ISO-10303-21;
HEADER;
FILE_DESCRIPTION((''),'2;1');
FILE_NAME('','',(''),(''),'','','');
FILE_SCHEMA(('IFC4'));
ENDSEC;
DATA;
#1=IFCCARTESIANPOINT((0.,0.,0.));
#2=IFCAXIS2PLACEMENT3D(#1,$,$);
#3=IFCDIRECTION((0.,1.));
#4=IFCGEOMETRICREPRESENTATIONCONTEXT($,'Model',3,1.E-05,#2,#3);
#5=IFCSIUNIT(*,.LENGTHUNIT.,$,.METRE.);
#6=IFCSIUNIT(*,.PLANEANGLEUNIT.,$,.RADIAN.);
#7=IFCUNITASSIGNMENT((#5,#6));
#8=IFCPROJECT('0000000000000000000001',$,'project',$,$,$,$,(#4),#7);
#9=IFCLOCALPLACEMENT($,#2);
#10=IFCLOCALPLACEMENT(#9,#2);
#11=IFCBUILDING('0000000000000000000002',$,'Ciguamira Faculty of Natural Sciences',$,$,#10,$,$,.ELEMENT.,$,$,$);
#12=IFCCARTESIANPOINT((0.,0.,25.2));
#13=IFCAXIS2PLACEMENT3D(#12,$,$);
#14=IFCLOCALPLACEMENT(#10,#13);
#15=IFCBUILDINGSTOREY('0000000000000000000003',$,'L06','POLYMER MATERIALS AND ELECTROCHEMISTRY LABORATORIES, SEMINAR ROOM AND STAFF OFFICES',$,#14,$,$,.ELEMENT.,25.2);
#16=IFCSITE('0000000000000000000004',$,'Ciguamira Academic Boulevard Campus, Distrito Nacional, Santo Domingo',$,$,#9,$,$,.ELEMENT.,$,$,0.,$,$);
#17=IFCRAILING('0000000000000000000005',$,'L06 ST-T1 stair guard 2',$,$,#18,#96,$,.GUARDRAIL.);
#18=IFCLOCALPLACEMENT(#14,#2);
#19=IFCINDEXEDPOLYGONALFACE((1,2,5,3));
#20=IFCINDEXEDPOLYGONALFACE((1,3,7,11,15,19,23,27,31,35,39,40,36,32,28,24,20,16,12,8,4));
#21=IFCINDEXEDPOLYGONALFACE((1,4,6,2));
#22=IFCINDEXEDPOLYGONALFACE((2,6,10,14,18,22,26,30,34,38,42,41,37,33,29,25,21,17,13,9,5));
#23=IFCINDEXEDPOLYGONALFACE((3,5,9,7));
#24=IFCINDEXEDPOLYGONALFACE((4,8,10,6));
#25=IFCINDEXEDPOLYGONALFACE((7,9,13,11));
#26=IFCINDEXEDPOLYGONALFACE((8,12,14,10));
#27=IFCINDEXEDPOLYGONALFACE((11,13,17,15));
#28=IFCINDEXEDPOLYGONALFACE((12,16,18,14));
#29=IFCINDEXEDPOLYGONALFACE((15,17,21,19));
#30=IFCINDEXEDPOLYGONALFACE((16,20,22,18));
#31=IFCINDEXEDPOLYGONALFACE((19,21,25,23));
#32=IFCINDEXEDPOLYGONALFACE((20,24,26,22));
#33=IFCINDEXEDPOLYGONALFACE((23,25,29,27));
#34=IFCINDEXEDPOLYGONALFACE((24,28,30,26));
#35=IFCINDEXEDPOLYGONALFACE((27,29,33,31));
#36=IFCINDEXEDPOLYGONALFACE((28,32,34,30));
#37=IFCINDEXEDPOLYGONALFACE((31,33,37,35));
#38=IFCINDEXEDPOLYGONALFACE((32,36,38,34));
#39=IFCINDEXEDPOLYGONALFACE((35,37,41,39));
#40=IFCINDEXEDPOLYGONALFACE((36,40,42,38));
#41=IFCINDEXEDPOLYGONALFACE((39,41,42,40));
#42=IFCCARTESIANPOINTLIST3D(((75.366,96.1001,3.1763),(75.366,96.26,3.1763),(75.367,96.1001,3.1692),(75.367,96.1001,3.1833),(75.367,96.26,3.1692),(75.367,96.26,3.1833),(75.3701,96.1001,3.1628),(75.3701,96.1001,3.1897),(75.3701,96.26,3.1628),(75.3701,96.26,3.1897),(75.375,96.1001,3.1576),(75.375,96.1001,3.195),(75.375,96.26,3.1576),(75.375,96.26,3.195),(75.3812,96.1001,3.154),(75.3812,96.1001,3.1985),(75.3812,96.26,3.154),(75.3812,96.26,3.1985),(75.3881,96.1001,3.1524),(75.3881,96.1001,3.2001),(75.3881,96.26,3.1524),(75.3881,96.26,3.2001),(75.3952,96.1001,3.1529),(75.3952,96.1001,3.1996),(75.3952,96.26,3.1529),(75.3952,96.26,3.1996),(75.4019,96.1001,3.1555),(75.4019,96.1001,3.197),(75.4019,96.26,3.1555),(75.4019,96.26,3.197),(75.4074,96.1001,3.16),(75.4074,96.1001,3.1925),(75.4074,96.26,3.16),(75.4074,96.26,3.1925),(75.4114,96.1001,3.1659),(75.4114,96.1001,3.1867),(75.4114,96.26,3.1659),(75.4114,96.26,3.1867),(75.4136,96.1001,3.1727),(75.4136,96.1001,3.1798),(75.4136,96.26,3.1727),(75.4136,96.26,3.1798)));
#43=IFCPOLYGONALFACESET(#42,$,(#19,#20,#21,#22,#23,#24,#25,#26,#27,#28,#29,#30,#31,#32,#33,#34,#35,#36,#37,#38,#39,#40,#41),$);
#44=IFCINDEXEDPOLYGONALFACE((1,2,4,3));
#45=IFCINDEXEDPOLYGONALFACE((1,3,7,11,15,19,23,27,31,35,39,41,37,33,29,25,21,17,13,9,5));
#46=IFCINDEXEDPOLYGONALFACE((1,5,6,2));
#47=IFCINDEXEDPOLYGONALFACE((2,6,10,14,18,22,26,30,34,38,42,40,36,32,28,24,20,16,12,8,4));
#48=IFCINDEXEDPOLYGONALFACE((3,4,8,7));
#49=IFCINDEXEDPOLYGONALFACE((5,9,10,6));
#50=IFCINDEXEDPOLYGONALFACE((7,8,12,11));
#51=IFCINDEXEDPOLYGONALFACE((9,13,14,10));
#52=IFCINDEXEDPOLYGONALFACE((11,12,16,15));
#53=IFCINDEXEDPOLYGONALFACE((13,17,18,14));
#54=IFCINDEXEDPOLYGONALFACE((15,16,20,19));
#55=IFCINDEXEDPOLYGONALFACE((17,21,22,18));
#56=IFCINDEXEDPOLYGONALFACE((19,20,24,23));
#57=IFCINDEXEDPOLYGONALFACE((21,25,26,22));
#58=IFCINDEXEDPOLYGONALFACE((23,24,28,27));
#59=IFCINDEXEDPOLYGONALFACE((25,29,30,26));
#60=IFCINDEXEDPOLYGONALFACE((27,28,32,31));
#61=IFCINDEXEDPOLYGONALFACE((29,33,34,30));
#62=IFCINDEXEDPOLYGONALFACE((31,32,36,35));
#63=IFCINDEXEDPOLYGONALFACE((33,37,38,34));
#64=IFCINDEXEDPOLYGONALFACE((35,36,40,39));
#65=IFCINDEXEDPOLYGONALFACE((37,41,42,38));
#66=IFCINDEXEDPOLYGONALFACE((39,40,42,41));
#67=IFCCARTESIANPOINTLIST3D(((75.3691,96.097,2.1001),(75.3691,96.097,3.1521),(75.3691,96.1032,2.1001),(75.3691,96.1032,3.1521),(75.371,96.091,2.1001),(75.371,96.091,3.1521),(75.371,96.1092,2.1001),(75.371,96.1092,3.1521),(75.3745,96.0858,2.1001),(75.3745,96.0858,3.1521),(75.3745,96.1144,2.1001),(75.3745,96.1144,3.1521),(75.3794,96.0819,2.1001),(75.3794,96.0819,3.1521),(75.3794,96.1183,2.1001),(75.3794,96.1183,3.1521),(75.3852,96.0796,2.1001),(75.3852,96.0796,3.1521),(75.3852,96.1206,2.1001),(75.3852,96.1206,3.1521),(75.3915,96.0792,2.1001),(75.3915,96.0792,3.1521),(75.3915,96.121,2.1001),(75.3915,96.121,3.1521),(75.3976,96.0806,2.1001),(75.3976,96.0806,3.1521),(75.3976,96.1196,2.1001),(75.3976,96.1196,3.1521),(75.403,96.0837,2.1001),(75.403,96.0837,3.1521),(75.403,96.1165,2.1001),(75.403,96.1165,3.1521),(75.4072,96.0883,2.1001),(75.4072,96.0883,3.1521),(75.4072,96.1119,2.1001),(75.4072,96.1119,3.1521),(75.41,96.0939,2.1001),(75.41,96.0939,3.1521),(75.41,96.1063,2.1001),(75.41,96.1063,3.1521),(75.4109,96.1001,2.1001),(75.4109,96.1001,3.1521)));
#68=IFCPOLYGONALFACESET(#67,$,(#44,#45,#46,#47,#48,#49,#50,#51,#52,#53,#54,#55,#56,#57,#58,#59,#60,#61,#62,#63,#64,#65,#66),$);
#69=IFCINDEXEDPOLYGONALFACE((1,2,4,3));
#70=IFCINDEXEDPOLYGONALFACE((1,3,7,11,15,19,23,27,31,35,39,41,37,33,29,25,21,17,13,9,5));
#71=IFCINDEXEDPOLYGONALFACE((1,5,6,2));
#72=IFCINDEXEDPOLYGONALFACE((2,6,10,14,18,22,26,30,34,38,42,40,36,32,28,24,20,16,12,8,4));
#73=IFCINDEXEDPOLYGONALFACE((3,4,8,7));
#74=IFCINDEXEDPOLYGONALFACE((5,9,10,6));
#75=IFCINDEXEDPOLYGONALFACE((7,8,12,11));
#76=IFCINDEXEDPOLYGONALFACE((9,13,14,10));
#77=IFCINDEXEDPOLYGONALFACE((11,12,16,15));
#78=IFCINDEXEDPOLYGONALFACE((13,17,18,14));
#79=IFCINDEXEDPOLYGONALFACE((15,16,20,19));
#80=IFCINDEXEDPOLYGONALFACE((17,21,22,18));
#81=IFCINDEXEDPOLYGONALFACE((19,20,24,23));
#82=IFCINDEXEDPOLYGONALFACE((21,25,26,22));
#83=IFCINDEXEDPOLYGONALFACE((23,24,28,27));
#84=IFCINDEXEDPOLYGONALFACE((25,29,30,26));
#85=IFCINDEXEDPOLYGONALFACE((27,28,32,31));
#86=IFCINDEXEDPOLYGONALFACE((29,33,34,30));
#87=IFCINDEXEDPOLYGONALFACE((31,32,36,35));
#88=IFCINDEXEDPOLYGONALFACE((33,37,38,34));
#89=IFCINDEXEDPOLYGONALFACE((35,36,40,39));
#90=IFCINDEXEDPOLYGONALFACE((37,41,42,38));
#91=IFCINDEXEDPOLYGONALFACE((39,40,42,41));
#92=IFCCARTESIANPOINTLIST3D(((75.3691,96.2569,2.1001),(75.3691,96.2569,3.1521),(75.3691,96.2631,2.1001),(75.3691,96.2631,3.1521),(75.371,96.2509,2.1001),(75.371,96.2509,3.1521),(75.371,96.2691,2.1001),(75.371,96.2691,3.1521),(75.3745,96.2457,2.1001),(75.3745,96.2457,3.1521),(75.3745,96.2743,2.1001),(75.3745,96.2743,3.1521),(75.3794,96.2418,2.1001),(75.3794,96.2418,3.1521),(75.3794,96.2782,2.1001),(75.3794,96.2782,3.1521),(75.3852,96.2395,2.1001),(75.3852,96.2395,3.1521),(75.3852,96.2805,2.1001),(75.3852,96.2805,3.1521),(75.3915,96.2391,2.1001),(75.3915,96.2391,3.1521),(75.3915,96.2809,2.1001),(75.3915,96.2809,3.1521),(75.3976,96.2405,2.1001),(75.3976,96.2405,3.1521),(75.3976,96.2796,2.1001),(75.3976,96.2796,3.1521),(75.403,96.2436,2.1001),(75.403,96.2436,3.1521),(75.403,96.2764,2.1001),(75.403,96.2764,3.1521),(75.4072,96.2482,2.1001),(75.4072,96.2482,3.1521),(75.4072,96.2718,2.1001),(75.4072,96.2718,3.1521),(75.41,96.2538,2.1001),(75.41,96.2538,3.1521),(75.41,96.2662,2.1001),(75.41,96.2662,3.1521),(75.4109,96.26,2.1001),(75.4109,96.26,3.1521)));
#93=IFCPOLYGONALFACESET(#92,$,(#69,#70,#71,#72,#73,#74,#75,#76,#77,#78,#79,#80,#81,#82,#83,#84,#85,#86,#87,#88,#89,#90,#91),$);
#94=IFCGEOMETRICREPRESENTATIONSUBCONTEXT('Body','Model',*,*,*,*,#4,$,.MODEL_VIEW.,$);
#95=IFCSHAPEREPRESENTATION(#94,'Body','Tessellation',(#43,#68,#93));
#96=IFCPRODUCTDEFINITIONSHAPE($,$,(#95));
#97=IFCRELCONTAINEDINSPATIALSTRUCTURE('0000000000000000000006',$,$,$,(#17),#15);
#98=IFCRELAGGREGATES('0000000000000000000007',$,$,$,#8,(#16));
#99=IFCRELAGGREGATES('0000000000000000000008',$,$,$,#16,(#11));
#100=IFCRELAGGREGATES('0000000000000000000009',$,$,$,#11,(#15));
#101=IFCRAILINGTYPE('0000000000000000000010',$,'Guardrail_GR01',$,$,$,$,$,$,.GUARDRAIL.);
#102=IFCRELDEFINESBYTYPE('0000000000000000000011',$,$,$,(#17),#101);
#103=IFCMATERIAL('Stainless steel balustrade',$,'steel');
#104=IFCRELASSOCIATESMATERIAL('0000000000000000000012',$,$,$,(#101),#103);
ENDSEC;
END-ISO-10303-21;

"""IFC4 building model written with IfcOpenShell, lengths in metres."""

from ifc_helpers import new_model, si_unit, direction, frame, origin, origin_2d, place, context, subcontext, project, spatial, circle, extrude, material, type_object, element, save


model = new_model("IFC4")

# Units and contexts
model_context = context("Model", 3, precision=1e-05, world=origin(), true_north=direction((0.0, 1.0)))
body_context = subcontext(model_context, "Body", "Model", "MODEL_VIEW")
ifc_project = project(units=[si_unit("LENGTHUNIT", "METRE"), si_unit("PLANEANGLEUNIT", "RADIAN")], contexts=[model_context])

# Site, building, storey
site_placement = place(None, origin())
site = spatial("IfcSite", under=ifc_project, at=site_placement, Name="Ciguamira Academic Boulevard Campus, Distrito Nacional, Santo Domingo", CompositionType="ELEMENT", RefElevation=0.0)
building_placement = place(site_placement, origin())
building = spatial("IfcBuilding", under=site, at=building_placement, Name="Ciguamira Faculty of Natural Sciences", CompositionType="ELEMENT")
storey_placement = place(building_placement, frame((0.0, 0.0, 25.2)))
storey = spatial("IfcBuildingStorey", under=building, at=storey_placement, Name="L06", Description="POLYMER MATERIALS AND ELECTROCHEMISTRY LABORATORIES, SEMINAR ROOM AND STAFF OFFICES", CompositionType="ELEMENT", Elevation=25.2)

# Railing
ifc_material_1 = material(Name="Stainless steel balustrade", Category="steel")
railing_type_1 = type_object("IfcRailingType", Name="Guardrail_GR01", PredefinedType="GUARDRAIL", material=ifc_material_1)
railing_1_placement = place(storey_placement, frame((75.3899, 96.1001, 2.1001)))
element("IfcRailing", 1, at=railing_1_placement, inside=storey, type_object=railing_type_1, Name="L06 ST-T1 stair guard 2", PredefinedType="GUARDRAIL", context=body_context, shape_type="SweptSolid", body=[
    extrude(circle(Radius=0.0239, at=origin_2d()), frame((0.0, 0.0, 1.0762), z_axis=(0.0, 1.0, 0.0), x_axis=(-1.0, 0.0, 0.0)), (0.0, 0.0, 1.0), 0.1599),
    extrude(circle(Radius=0.021, at=origin_2d()), origin(), (0.0, 0.0, 1.0), 1.052),
    extrude(circle(Radius=0.021, at=origin_2d()), frame((0.0, 0.1599, 0.0)), (0.0, 0.0, 1.0), 1.052),
])

save(model, "model.ifc")
